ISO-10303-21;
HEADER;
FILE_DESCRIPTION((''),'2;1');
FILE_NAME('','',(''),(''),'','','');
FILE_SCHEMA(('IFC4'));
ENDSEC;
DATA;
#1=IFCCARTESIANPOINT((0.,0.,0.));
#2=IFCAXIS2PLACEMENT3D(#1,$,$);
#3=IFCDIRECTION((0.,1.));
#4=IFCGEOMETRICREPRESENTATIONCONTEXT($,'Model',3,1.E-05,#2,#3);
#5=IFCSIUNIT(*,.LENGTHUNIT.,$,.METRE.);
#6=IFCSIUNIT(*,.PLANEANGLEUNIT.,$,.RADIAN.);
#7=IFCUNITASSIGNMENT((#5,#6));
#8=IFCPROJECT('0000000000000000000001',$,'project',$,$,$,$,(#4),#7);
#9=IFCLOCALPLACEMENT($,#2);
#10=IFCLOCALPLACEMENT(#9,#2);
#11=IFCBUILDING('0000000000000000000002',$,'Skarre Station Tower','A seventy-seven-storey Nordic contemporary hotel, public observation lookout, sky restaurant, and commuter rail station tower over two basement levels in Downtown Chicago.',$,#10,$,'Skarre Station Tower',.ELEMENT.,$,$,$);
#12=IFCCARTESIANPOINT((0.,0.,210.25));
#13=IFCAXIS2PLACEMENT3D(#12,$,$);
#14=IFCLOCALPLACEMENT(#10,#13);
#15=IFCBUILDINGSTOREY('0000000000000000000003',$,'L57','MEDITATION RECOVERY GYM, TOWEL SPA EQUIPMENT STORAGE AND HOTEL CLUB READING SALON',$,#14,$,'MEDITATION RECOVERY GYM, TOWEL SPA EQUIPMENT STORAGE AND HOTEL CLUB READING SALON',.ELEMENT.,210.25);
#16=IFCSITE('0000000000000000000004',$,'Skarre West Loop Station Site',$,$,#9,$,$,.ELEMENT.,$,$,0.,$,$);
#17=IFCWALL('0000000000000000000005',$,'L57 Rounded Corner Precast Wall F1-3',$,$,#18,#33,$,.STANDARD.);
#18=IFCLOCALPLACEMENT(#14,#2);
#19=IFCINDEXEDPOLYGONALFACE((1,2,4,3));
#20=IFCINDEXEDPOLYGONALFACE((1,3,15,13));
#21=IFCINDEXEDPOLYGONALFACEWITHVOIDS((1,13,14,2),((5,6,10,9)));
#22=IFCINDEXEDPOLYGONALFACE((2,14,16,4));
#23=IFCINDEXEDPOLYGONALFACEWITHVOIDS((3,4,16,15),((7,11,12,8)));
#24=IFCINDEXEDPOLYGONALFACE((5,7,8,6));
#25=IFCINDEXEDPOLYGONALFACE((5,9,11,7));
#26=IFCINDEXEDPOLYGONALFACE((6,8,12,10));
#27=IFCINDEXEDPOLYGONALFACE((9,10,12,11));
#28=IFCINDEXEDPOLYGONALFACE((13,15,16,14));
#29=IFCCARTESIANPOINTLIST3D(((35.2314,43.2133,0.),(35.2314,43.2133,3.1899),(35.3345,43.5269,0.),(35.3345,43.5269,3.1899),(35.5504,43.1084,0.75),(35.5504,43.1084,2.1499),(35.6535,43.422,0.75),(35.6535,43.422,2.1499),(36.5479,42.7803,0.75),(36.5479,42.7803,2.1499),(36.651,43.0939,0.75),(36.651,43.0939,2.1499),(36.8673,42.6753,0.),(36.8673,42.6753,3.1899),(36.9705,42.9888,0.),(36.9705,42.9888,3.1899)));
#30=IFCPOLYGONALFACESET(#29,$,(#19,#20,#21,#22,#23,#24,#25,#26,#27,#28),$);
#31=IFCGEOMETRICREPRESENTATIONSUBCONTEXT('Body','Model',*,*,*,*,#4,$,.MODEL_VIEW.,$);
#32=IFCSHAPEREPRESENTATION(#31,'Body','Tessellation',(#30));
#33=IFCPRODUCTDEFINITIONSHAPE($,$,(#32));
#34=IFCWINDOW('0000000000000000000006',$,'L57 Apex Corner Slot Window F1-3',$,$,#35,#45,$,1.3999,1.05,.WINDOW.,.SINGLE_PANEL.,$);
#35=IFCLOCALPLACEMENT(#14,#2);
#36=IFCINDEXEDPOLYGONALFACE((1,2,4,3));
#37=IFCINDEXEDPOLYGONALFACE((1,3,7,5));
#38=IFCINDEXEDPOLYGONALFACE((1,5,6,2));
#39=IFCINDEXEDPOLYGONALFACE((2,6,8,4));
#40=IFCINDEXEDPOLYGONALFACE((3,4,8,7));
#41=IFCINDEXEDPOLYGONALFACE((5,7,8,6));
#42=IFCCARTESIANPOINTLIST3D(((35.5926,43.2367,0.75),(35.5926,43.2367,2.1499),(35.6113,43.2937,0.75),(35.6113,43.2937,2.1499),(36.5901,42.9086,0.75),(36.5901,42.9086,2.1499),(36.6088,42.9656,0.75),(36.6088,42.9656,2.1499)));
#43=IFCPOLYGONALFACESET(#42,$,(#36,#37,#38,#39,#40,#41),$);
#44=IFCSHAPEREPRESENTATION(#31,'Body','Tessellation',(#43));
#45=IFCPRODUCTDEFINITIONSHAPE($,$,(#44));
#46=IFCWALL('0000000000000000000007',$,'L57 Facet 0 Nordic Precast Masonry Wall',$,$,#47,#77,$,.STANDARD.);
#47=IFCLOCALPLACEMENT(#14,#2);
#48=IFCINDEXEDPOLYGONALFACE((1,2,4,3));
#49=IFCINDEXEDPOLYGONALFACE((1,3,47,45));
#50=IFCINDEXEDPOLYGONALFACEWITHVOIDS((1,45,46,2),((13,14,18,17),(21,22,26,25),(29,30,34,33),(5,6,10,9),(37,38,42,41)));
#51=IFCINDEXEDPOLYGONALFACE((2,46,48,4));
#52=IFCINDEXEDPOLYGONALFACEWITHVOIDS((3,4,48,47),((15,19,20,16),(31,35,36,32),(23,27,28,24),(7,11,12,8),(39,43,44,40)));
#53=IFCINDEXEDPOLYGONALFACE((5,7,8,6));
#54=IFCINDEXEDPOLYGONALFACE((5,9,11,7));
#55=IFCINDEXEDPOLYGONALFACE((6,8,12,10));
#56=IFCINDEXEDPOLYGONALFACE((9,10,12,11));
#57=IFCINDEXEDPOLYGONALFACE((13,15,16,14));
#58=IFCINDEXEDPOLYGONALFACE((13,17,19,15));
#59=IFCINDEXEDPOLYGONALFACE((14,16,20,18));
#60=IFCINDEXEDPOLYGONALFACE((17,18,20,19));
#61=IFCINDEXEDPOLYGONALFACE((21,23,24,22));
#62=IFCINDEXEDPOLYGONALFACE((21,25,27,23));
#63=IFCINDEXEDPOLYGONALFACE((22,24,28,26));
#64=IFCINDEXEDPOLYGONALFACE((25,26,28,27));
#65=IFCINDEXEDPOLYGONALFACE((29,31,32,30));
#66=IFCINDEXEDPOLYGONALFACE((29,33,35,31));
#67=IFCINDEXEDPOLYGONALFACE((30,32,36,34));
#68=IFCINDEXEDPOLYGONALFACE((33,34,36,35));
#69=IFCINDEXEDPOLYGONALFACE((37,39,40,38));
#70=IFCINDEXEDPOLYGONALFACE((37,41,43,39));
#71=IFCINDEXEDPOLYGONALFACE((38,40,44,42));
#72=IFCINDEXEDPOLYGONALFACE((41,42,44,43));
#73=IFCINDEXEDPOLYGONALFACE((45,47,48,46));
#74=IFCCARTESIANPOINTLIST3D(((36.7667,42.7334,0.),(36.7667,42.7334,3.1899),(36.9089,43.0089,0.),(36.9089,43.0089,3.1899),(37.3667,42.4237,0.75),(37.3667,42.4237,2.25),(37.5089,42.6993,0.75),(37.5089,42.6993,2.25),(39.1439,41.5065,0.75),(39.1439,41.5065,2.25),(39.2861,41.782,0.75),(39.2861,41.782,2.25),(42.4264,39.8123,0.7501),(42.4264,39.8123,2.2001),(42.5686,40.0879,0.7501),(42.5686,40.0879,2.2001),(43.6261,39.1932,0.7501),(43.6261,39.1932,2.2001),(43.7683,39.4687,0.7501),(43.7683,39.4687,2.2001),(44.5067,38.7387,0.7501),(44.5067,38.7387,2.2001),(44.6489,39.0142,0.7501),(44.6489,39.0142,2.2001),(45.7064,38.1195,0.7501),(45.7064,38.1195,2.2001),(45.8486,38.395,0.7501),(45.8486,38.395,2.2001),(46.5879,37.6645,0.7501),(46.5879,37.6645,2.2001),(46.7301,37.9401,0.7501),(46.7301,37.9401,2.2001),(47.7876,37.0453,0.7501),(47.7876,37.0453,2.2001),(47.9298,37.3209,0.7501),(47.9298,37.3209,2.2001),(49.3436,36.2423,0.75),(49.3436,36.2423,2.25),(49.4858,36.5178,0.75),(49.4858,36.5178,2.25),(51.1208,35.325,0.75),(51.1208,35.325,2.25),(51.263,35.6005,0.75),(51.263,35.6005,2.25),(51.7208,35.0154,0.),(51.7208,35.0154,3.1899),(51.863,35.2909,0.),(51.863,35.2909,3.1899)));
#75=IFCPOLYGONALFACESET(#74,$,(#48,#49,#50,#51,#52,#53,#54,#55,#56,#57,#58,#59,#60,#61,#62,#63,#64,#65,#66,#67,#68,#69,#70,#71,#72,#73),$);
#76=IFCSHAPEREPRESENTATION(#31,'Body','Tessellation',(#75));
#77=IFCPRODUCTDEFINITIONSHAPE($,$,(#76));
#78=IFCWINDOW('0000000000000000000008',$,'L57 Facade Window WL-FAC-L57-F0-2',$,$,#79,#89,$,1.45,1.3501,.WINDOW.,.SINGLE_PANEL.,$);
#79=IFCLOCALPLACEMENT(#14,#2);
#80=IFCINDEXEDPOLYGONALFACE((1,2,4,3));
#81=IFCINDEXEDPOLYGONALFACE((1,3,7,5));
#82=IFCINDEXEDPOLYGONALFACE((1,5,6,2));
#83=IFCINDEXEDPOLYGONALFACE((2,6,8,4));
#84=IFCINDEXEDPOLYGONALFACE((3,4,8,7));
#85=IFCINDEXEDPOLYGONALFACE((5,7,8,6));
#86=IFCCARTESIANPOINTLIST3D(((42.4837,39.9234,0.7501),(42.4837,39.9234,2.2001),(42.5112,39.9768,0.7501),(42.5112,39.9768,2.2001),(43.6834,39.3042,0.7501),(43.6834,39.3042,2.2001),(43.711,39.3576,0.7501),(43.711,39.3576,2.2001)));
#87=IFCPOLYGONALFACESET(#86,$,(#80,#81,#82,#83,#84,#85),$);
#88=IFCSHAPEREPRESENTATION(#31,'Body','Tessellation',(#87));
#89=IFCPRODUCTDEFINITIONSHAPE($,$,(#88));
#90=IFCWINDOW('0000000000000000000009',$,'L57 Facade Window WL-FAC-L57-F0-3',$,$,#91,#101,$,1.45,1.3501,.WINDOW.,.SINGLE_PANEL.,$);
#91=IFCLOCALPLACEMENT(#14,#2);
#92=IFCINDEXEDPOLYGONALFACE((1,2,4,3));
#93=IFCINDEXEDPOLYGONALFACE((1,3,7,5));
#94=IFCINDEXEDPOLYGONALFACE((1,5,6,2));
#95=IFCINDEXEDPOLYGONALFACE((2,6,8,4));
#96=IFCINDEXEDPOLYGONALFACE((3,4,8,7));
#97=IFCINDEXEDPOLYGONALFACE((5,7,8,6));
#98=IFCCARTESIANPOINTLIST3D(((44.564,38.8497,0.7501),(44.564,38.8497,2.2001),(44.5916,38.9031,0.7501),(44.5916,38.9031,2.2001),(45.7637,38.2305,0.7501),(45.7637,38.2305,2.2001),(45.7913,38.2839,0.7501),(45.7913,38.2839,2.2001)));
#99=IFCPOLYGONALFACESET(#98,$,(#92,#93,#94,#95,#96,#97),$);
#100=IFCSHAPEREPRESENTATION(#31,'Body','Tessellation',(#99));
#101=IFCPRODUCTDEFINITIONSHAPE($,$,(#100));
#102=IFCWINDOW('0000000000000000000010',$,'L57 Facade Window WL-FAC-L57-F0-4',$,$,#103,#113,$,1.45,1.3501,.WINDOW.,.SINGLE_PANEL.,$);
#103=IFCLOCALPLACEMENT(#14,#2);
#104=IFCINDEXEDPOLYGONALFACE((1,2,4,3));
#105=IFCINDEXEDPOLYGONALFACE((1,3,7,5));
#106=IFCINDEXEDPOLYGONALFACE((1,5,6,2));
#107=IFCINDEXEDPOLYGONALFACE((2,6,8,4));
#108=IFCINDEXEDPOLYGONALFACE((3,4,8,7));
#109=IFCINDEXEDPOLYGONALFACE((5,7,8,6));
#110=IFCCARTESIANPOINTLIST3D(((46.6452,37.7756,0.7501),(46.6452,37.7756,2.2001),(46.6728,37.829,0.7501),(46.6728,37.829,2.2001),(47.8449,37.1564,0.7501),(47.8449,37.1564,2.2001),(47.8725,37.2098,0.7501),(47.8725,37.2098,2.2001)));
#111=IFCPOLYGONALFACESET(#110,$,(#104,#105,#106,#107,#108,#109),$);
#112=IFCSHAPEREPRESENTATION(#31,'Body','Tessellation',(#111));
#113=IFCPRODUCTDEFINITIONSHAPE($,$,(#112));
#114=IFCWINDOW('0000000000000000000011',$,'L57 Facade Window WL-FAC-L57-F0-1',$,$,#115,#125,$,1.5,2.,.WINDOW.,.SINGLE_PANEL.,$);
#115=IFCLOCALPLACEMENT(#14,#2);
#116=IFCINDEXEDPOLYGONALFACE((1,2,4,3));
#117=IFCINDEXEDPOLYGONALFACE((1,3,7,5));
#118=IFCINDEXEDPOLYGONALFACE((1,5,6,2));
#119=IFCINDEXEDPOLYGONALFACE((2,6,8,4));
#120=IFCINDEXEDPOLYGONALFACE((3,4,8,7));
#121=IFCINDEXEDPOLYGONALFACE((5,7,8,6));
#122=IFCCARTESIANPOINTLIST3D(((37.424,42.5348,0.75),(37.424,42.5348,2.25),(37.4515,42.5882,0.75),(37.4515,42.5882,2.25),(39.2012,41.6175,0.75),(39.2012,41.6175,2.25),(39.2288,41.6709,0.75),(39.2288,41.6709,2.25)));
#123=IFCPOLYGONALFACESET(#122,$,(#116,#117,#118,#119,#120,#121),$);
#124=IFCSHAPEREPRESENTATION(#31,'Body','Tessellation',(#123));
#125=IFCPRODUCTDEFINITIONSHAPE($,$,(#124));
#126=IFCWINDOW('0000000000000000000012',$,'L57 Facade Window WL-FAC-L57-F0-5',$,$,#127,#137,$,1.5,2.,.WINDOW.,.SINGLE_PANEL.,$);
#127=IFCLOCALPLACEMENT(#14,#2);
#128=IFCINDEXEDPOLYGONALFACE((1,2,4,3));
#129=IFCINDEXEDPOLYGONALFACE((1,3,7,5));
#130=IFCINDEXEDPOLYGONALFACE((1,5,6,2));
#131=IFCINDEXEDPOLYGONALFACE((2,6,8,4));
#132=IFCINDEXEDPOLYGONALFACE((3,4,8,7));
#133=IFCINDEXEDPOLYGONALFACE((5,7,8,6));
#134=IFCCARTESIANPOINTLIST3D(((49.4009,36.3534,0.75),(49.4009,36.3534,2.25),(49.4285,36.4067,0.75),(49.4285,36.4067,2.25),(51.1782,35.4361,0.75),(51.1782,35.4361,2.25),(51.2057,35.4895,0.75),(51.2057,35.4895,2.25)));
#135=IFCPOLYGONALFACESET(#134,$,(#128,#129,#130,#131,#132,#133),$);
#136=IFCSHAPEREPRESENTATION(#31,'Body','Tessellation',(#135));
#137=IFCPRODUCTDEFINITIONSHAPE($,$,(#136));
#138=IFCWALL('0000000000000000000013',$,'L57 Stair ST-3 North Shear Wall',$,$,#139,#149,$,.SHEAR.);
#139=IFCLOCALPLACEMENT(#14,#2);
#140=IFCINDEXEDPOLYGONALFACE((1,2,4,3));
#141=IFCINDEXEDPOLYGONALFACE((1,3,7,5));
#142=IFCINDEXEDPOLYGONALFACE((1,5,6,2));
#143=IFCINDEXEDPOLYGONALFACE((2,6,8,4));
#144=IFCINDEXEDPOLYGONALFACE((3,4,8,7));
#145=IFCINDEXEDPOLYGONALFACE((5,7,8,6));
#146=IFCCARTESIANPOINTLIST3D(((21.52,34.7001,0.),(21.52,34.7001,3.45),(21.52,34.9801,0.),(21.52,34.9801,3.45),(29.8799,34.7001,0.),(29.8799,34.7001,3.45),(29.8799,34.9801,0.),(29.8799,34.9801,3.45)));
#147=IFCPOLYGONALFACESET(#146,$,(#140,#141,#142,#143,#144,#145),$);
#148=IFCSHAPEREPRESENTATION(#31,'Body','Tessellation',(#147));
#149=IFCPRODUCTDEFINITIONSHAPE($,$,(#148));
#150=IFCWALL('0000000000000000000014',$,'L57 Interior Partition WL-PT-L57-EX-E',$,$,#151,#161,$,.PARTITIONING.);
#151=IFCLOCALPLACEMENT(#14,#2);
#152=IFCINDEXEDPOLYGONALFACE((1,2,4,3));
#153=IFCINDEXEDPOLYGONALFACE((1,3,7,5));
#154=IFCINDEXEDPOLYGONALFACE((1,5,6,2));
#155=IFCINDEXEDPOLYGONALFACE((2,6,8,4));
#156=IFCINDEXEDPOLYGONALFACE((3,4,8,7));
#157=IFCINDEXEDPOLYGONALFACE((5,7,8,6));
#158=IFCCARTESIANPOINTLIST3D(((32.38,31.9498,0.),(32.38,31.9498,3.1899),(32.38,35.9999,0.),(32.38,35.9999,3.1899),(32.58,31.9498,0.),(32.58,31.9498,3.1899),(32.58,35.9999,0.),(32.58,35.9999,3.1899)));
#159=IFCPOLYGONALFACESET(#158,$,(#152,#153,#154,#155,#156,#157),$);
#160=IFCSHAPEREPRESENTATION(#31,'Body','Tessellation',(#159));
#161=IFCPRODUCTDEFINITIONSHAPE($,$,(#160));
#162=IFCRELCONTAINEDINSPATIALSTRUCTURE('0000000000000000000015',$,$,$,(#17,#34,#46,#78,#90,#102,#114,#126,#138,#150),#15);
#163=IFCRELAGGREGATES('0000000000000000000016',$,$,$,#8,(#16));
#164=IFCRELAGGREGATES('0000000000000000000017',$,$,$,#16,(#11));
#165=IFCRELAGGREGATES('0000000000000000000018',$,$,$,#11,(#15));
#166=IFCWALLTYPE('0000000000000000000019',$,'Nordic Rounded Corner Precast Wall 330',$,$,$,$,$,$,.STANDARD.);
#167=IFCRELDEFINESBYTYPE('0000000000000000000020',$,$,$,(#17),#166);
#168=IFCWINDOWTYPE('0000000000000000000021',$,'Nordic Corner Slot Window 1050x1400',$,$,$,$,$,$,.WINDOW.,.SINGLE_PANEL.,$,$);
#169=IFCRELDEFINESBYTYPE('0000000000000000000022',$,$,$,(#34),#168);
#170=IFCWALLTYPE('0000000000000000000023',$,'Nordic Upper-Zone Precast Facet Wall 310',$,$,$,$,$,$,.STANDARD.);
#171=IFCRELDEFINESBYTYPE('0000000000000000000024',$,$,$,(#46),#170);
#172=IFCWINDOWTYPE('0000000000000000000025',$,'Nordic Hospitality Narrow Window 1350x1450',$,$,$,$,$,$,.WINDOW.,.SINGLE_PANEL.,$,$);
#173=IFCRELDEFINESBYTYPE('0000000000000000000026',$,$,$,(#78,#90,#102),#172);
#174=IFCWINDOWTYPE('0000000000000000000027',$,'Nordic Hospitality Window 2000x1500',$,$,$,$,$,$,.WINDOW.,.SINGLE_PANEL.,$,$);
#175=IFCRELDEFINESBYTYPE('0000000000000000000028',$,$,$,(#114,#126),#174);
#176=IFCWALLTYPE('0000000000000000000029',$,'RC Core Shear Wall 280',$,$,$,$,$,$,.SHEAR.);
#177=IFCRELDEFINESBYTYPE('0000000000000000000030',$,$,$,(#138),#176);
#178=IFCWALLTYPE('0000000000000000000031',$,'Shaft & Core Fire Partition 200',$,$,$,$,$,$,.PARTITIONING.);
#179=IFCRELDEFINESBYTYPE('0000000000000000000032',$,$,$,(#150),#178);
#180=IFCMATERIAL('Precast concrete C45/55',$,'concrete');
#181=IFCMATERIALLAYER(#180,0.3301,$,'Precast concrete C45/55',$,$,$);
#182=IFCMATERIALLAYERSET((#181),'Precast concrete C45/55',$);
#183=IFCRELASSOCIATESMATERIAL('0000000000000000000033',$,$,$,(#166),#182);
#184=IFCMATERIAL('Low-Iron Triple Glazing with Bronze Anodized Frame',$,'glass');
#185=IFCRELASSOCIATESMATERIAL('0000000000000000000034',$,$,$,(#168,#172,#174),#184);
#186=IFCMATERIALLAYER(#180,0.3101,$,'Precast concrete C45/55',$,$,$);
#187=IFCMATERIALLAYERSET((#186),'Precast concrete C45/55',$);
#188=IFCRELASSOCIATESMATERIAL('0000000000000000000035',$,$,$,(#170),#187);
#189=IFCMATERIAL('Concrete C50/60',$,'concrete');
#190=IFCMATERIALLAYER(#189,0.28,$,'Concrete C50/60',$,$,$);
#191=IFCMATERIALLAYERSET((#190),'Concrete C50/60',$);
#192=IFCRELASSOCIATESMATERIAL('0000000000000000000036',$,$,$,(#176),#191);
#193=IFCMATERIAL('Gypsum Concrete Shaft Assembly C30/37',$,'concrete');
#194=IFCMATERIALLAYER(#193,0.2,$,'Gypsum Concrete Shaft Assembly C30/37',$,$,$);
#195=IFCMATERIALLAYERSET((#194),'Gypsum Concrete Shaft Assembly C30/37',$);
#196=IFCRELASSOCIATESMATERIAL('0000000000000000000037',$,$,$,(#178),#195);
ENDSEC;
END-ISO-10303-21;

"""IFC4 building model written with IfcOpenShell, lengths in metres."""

from ifc_helpers import new_model, si_unit, direction, frame, frame_2d, origin, place, context, subcontext, project, spatial, rectangle, extrude, material, layer, layer_set, type_object, element, fill, save


model = new_model("IFC4")

# Units and contexts
model_context = context("Model", 3, precision=1e-05, world=origin(), true_north=direction((0.0, 1.0)))
body_context = subcontext(model_context, "Body", "Model", "MODEL_VIEW")
ifc_project = project(units=[si_unit("LENGTHUNIT", "METRE"), si_unit("PLANEANGLEUNIT", "RADIAN")], contexts=[model_context])

# Site, building, storey
site_placement = place(None, origin())
site = spatial("IfcSite", under=ifc_project, at=site_placement, Name="Skarre West Loop Station Site", CompositionType="ELEMENT", RefElevation=0.0)
building_placement = place(site_placement, origin())
building = spatial("IfcBuilding", under=site, at=building_placement, Name="Skarre Station Tower", Description="A seventy-seven-storey Nordic contemporary hotel, public observation lookout, sky restaurant, and commuter rail station tower over two basement levels in Downtown Chicago.", LongName="Skarre Station Tower", CompositionType="ELEMENT")
storey_placement = place(building_placement, frame((0.0, 0.0, 210.25)))
storey = spatial("IfcBuildingStorey", under=building, at=storey_placement, Name="L57", Description="MEDITATION RECOVERY GYM, TOWEL SPA EQUIPMENT STORAGE AND HOTEL CLUB READING SALON", LongName="MEDITATION RECOVERY GYM, TOWEL SPA EQUIPMENT STORAGE AND HOTEL CLUB READING SALON", CompositionType="ELEMENT", Elevation=210.25)

# Shared definitions
ifc_material_1 = material(Name="Concrete C50/60", Category="concrete")

# Shared definitions
ifc_material_2 = material(Name="Precast concrete C45/55", Category="concrete")
ifc_layer_1 = layer(ifc_material_2, 0.3301, Name="Precast concrete C45/55")
ifc_layer_set_1 = layer_set([ifc_layer_1], Name="Precast concrete C45/55")
wall_type_1 = type_object("IfcWallType", Name="Nordic Rounded Corner Precast Wall 330", PredefinedType="STANDARD", material=ifc_layer_set_1)

# Wall, opening, window
wall_1_placement = place(storey_placement, frame((35.283, 43.3701, 0.0), z_axis=(0.0, 0.0, 1.0), x_axis=(0.949937, -0.31244, 0.0)))
wall_1 = element("IfcWall", 1, at=wall_1_placement, inside=storey, type_object=wall_type_1, Name="L57 Rounded Corner Precast Wall F1-3", PredefinedType="STANDARD", context=body_context, shape_type="SweptSolid", body=[
    extrude(rectangle(XDim=1.7222, YDim=0.3301, at=frame_2d((0.8611, 0.0))), origin(), (0.0, 0.0, 1.0), 3.1899),
])
opening_1_placement = place(wall_1_placement, frame((0.3359, 0.0, 0.75)))
opening_1 = element("IfcOpeningElement", 2, at=opening_1_placement, cuts=wall_1, PredefinedType="OPENING", context=body_context, shape_type="SweptSolid", body=[
    extrude(rectangle(XDim=1.05, YDim=1.3999, at=frame_2d((0.5249, 0.7))), frame((0.0, 0.175, 0.0), z_axis=(0.0, -1.0, 0.0), x_axis=(1.0, 0.0, 0.0)), (0.0, 0.0, 1.0), 0.3501),
])
ifc_material_3 = material(Name="Low-Iron Triple Glazing with Bronze Anodized Frame", Category="glass")
window_type_1 = type_object("IfcWindowType", Name="Nordic Corner Slot Window 1050x1400", PartitioningType="SINGLE_PANEL", PredefinedType="WINDOW", material=ifc_material_3)
window_1_placement = place(opening_1_placement, origin())
window_1 = element("IfcWindow", 3, at=window_1_placement, inside=storey, type_object=window_type_1, Name="L57 Apex Corner Slot Window F1-3", OverallHeight=1.3999, OverallWidth=1.05, PartitioningType="SINGLE_PANEL", PredefinedType="WINDOW", context=body_context, shape_type="SweptSolid", body=[
    extrude(rectangle(XDim=1.05, YDim=1.3999, at=frame_2d((0.5249, 0.7))), frame((0.0, 0.03, 0.0), z_axis=(0.0, -1.0, 0.0), x_axis=(1.0, 0.0, 0.0)), (0.0, 0.0, 1.0), 0.0601),
])
fill(opening_1, window_1)

# Wall, openings, windows
ifc_layer_2 = layer(ifc_material_2, 0.3101, Name="Precast concrete C45/55")
ifc_layer_set_2 = layer_set([ifc_layer_2], Name="Precast concrete C45/55")
wall_type_2 = type_object("IfcWallType", Name="Nordic Upper-Zone Precast Facet Wall 310", PredefinedType="STANDARD", material=ifc_layer_set_2)
wall_2_placement = place(storey_placement, frame((36.8379, 42.8711, 0.0), z_axis=(0.0, 0.0, 1.0), x_axis=(0.888626, -0.458632, 0.0)))
wall_2 = element("IfcWall", 4, at=wall_2_placement, inside=storey, type_object=wall_type_2, Name="L57 Facet 0 Nordic Precast Masonry Wall", PredefinedType="STANDARD", context=body_context, shape_type="SweptSolid", body=[
    extrude(rectangle(XDim=16.8284, YDim=0.3101, at=frame_2d((8.4141, 0.0))), origin(), (0.0, 0.0, 1.0), 3.1899),
])
opening_2_placement = place(wall_2_placement, frame((0.675, 0.0, 0.75)))
opening_2 = element("IfcOpeningElement", 5, at=opening_2_placement, cuts=wall_2, PredefinedType="OPENING", context=body_context, shape_type="SweptSolid", body=[
    extrude(rectangle(XDim=2.0, YDim=1.5, at=frame_2d((1.0, 0.75))), frame((0.0, 0.165, 0.0), z_axis=(0.0, -1.0, 0.0), x_axis=(1.0, 0.0, 0.0)), (0.0, 0.0, 1.0), 0.3301),
])
opening_3_placement = place(wall_2_placement, frame((6.3689, 0.0, 0.75)))
opening_3 = element("IfcOpeningElement", 6, at=opening_3_placement, cuts=wall_2, PredefinedType="OPENING", context=body_context, shape_type="SweptSolid", body=[
    extrude(rectangle(XDim=1.3501, YDim=1.45, at=frame_2d((0.675, 0.7251))), frame((0.0, 0.165, 0.0), z_axis=(0.0, -1.0, 0.0), x_axis=(1.0, 0.0, 0.0)), (0.0, 0.0, 1.0), 0.3301),
])
opening_4_placement = place(wall_2_placement, frame((8.71, 0.0, 0.75)))
opening_4 = element("IfcOpeningElement", 7, at=opening_4_placement, cuts=wall_2, PredefinedType="OPENING", context=body_context, shape_type="SweptSolid", body=[
    extrude(rectangle(XDim=1.3501, YDim=1.45, at=frame_2d((0.675, 0.7251))), frame((0.0, 0.165, 0.0), z_axis=(0.0, -1.0, 0.0), x_axis=(1.0, 0.0, 0.0)), (0.0, 0.0, 1.0), 0.3301),
])
opening_5_placement = place(wall_2_placement, frame((11.052, 0.0, 0.75)))
opening_5 = element("IfcOpeningElement", 8, at=opening_5_placement, cuts=wall_2, PredefinedType="OPENING", context=body_context, shape_type="SweptSolid", body=[
    extrude(rectangle(XDim=1.3501, YDim=1.45, at=frame_2d((0.675, 0.7251))), frame((0.0, 0.165, 0.0), z_axis=(0.0, -1.0, 0.0), x_axis=(1.0, 0.0, 0.0)), (0.0, 0.0, 1.0), 0.3301),
])
opening_6_placement = place(wall_2_placement, frame((14.1531, 0.0, 0.75)))
opening_6 = element("IfcOpeningElement", 9, at=opening_6_placement, cuts=wall_2, PredefinedType="OPENING", context=body_context, shape_type="SweptSolid", body=[
    extrude(rectangle(XDim=2.0, YDim=1.5, at=frame_2d((1.0, 0.75))), frame((0.0, 0.165, 0.0), z_axis=(0.0, -1.0, 0.0), x_axis=(1.0, 0.0, 0.0)), (0.0, 0.0, 1.0), 0.3301),
])
window_type_2 = type_object("IfcWindowType", Name="Nordic Hospitality Narrow Window 1350x1450", PartitioningType="SINGLE_PANEL", PredefinedType="WINDOW", material=ifc_material_3)
window_2_placement = place(opening_3_placement, origin())
window_2 = element("IfcWindow", 10, at=window_2_placement, inside=storey, type_object=window_type_2, Name="L57 Facade Window WL-FAC-L57-F0-2", OverallHeight=1.45, OverallWidth=1.3501, PartitioningType="SINGLE_PANEL", PredefinedType="WINDOW", context=body_context, shape_type="SweptSolid", body=[
    extrude(rectangle(XDim=1.3501, YDim=1.45, at=frame_2d((0.675, 0.7251))), frame((0.0, 0.03, 0.0), z_axis=(0.0, -1.0, 0.0), x_axis=(1.0, 0.0, 0.0)), (0.0, 0.0, 1.0), 0.0601),
])
fill(opening_3, window_2)
window_3_placement = place(opening_4_placement, origin())
window_3 = element("IfcWindow", 11, at=window_3_placement, inside=storey, type_object=window_type_2, Name="L57 Facade Window WL-FAC-L57-F0-3", OverallHeight=1.45, OverallWidth=1.3501, PartitioningType="SINGLE_PANEL", PredefinedType="WINDOW", context=body_context, shape_type="SweptSolid", body=[
    extrude(rectangle(XDim=1.3501, YDim=1.45, at=frame_2d((0.675, 0.7251))), frame((0.0, 0.03, 0.0), z_axis=(0.0, -1.0, 0.0), x_axis=(1.0, 0.0, 0.0)), (0.0, 0.0, 1.0), 0.0601),
])
fill(opening_4, window_3)
window_4_placement = place(opening_5_placement, origin())
window_4 = element("IfcWindow", 12, at=window_4_placement, inside=storey, type_object=window_type_2, Name="L57 Facade Window WL-FAC-L57-F0-4", OverallHeight=1.45, OverallWidth=1.3501, PartitioningType="SINGLE_PANEL", PredefinedType="WINDOW", context=body_context, shape_type="SweptSolid", body=[
    extrude(rectangle(XDim=1.3501, YDim=1.45, at=frame_2d((0.675, 0.7251))), frame((0.0, 0.03, 0.0), z_axis=(0.0, -1.0, 0.0), x_axis=(1.0, 0.0, 0.0)), (0.0, 0.0, 1.0), 0.0601),
])
fill(opening_5, window_4)
window_type_3 = type_object("IfcWindowType", Name="Nordic Hospitality Window 2000x1500", PartitioningType="SINGLE_PANEL", PredefinedType="WINDOW", material=ifc_material_3)
window_5_placement = place(opening_2_placement, origin())
window_5 = element("IfcWindow", 13, at=window_5_placement, inside=storey, type_object=window_type_3, Name="L57 Facade Window WL-FAC-L57-F0-1", OverallHeight=1.5, OverallWidth=2.0, PartitioningType="SINGLE_PANEL", PredefinedType="WINDOW", context=body_context, shape_type="SweptSolid", body=[
    extrude(rectangle(XDim=2.0, YDim=1.5, at=frame_2d((1.0, 0.75))), frame((0.0, 0.03, 0.0), z_axis=(0.0, -1.0, 0.0), x_axis=(1.0, 0.0, 0.0)), (0.0, 0.0, 1.0), 0.0601),
])
fill(opening_2, window_5)
window_6_placement = place(opening_6_placement, origin())
window_6 = element("IfcWindow", 14, at=window_6_placement, inside=storey, type_object=window_type_3, Name="L57 Facade Window WL-FAC-L57-F0-5", OverallHeight=1.5, OverallWidth=2.0, PartitioningType="SINGLE_PANEL", PredefinedType="WINDOW", context=body_context, shape_type="SweptSolid", body=[
    extrude(rectangle(XDim=2.0, YDim=1.5, at=frame_2d((1.0, 0.75))), frame((0.0, 0.03, 0.0), z_axis=(0.0, -1.0, 0.0), x_axis=(1.0, 0.0, 0.0)), (0.0, 0.0, 1.0), 0.0601),
])
fill(opening_6, window_6)

# Walls
ifc_layer_3 = layer(ifc_material_1, 0.28, Name="Concrete C50/60")
ifc_layer_set_3 = layer_set([ifc_layer_3], Name="Concrete C50/60")
wall_type_3 = type_object("IfcWallType", Name="RC Core Shear Wall 280", PredefinedType="SHEAR", material=ifc_layer_set_3)
wall_3_placement = place(storey_placement, frame((29.8799, 34.8401, 0.0), z_axis=(0.0, 0.0, 1.0), x_axis=(-1.0, 0.0, 0.0)))
element("IfcWall", 15, at=wall_3_placement, inside=storey, type_object=wall_type_3, Name="L57 Stair ST-3 North Shear Wall", PredefinedType="SHEAR", context=body_context, shape_type="SweptSolid", body=[
    extrude(rectangle(XDim=8.3599, YDim=0.28, at=frame_2d((4.1799, 0.0))), origin(), (0.0, 0.0, 1.0), 3.45),
])
ifc_material_4 = material(Name="Gypsum Concrete Shaft Assembly C30/37", Category="concrete")
ifc_layer_4 = layer(ifc_material_4, 0.2, Name="Gypsum Concrete Shaft Assembly C30/37")
ifc_layer_set_4 = layer_set([ifc_layer_4], Name="Gypsum Concrete Shaft Assembly C30/37")
wall_type_4 = type_object("IfcWallType", Name="Shaft & Core Fire Partition 200", PredefinedType="PARTITIONING", material=ifc_layer_set_4)
wall_4_placement = place(storey_placement, frame((32.48, 31.95, 0.0), z_axis=(0.0, 0.0, 1.0), x_axis=(0.0, 1.0, 0.0)))
element("IfcWall", 16, at=wall_4_placement, inside=storey, type_object=wall_type_4, Name="L57 Interior Partition WL-PT-L57-EX-E", PredefinedType="PARTITIONING", context=body_context, shape_type="SweptSolid", body=[
    extrude(rectangle(XDim=4.05, YDim=0.2, at=frame_2d((2.0249, 0.0))), origin(), (0.0, 0.0, 1.0), 3.1899),
])

save(model, "model.ifc")
